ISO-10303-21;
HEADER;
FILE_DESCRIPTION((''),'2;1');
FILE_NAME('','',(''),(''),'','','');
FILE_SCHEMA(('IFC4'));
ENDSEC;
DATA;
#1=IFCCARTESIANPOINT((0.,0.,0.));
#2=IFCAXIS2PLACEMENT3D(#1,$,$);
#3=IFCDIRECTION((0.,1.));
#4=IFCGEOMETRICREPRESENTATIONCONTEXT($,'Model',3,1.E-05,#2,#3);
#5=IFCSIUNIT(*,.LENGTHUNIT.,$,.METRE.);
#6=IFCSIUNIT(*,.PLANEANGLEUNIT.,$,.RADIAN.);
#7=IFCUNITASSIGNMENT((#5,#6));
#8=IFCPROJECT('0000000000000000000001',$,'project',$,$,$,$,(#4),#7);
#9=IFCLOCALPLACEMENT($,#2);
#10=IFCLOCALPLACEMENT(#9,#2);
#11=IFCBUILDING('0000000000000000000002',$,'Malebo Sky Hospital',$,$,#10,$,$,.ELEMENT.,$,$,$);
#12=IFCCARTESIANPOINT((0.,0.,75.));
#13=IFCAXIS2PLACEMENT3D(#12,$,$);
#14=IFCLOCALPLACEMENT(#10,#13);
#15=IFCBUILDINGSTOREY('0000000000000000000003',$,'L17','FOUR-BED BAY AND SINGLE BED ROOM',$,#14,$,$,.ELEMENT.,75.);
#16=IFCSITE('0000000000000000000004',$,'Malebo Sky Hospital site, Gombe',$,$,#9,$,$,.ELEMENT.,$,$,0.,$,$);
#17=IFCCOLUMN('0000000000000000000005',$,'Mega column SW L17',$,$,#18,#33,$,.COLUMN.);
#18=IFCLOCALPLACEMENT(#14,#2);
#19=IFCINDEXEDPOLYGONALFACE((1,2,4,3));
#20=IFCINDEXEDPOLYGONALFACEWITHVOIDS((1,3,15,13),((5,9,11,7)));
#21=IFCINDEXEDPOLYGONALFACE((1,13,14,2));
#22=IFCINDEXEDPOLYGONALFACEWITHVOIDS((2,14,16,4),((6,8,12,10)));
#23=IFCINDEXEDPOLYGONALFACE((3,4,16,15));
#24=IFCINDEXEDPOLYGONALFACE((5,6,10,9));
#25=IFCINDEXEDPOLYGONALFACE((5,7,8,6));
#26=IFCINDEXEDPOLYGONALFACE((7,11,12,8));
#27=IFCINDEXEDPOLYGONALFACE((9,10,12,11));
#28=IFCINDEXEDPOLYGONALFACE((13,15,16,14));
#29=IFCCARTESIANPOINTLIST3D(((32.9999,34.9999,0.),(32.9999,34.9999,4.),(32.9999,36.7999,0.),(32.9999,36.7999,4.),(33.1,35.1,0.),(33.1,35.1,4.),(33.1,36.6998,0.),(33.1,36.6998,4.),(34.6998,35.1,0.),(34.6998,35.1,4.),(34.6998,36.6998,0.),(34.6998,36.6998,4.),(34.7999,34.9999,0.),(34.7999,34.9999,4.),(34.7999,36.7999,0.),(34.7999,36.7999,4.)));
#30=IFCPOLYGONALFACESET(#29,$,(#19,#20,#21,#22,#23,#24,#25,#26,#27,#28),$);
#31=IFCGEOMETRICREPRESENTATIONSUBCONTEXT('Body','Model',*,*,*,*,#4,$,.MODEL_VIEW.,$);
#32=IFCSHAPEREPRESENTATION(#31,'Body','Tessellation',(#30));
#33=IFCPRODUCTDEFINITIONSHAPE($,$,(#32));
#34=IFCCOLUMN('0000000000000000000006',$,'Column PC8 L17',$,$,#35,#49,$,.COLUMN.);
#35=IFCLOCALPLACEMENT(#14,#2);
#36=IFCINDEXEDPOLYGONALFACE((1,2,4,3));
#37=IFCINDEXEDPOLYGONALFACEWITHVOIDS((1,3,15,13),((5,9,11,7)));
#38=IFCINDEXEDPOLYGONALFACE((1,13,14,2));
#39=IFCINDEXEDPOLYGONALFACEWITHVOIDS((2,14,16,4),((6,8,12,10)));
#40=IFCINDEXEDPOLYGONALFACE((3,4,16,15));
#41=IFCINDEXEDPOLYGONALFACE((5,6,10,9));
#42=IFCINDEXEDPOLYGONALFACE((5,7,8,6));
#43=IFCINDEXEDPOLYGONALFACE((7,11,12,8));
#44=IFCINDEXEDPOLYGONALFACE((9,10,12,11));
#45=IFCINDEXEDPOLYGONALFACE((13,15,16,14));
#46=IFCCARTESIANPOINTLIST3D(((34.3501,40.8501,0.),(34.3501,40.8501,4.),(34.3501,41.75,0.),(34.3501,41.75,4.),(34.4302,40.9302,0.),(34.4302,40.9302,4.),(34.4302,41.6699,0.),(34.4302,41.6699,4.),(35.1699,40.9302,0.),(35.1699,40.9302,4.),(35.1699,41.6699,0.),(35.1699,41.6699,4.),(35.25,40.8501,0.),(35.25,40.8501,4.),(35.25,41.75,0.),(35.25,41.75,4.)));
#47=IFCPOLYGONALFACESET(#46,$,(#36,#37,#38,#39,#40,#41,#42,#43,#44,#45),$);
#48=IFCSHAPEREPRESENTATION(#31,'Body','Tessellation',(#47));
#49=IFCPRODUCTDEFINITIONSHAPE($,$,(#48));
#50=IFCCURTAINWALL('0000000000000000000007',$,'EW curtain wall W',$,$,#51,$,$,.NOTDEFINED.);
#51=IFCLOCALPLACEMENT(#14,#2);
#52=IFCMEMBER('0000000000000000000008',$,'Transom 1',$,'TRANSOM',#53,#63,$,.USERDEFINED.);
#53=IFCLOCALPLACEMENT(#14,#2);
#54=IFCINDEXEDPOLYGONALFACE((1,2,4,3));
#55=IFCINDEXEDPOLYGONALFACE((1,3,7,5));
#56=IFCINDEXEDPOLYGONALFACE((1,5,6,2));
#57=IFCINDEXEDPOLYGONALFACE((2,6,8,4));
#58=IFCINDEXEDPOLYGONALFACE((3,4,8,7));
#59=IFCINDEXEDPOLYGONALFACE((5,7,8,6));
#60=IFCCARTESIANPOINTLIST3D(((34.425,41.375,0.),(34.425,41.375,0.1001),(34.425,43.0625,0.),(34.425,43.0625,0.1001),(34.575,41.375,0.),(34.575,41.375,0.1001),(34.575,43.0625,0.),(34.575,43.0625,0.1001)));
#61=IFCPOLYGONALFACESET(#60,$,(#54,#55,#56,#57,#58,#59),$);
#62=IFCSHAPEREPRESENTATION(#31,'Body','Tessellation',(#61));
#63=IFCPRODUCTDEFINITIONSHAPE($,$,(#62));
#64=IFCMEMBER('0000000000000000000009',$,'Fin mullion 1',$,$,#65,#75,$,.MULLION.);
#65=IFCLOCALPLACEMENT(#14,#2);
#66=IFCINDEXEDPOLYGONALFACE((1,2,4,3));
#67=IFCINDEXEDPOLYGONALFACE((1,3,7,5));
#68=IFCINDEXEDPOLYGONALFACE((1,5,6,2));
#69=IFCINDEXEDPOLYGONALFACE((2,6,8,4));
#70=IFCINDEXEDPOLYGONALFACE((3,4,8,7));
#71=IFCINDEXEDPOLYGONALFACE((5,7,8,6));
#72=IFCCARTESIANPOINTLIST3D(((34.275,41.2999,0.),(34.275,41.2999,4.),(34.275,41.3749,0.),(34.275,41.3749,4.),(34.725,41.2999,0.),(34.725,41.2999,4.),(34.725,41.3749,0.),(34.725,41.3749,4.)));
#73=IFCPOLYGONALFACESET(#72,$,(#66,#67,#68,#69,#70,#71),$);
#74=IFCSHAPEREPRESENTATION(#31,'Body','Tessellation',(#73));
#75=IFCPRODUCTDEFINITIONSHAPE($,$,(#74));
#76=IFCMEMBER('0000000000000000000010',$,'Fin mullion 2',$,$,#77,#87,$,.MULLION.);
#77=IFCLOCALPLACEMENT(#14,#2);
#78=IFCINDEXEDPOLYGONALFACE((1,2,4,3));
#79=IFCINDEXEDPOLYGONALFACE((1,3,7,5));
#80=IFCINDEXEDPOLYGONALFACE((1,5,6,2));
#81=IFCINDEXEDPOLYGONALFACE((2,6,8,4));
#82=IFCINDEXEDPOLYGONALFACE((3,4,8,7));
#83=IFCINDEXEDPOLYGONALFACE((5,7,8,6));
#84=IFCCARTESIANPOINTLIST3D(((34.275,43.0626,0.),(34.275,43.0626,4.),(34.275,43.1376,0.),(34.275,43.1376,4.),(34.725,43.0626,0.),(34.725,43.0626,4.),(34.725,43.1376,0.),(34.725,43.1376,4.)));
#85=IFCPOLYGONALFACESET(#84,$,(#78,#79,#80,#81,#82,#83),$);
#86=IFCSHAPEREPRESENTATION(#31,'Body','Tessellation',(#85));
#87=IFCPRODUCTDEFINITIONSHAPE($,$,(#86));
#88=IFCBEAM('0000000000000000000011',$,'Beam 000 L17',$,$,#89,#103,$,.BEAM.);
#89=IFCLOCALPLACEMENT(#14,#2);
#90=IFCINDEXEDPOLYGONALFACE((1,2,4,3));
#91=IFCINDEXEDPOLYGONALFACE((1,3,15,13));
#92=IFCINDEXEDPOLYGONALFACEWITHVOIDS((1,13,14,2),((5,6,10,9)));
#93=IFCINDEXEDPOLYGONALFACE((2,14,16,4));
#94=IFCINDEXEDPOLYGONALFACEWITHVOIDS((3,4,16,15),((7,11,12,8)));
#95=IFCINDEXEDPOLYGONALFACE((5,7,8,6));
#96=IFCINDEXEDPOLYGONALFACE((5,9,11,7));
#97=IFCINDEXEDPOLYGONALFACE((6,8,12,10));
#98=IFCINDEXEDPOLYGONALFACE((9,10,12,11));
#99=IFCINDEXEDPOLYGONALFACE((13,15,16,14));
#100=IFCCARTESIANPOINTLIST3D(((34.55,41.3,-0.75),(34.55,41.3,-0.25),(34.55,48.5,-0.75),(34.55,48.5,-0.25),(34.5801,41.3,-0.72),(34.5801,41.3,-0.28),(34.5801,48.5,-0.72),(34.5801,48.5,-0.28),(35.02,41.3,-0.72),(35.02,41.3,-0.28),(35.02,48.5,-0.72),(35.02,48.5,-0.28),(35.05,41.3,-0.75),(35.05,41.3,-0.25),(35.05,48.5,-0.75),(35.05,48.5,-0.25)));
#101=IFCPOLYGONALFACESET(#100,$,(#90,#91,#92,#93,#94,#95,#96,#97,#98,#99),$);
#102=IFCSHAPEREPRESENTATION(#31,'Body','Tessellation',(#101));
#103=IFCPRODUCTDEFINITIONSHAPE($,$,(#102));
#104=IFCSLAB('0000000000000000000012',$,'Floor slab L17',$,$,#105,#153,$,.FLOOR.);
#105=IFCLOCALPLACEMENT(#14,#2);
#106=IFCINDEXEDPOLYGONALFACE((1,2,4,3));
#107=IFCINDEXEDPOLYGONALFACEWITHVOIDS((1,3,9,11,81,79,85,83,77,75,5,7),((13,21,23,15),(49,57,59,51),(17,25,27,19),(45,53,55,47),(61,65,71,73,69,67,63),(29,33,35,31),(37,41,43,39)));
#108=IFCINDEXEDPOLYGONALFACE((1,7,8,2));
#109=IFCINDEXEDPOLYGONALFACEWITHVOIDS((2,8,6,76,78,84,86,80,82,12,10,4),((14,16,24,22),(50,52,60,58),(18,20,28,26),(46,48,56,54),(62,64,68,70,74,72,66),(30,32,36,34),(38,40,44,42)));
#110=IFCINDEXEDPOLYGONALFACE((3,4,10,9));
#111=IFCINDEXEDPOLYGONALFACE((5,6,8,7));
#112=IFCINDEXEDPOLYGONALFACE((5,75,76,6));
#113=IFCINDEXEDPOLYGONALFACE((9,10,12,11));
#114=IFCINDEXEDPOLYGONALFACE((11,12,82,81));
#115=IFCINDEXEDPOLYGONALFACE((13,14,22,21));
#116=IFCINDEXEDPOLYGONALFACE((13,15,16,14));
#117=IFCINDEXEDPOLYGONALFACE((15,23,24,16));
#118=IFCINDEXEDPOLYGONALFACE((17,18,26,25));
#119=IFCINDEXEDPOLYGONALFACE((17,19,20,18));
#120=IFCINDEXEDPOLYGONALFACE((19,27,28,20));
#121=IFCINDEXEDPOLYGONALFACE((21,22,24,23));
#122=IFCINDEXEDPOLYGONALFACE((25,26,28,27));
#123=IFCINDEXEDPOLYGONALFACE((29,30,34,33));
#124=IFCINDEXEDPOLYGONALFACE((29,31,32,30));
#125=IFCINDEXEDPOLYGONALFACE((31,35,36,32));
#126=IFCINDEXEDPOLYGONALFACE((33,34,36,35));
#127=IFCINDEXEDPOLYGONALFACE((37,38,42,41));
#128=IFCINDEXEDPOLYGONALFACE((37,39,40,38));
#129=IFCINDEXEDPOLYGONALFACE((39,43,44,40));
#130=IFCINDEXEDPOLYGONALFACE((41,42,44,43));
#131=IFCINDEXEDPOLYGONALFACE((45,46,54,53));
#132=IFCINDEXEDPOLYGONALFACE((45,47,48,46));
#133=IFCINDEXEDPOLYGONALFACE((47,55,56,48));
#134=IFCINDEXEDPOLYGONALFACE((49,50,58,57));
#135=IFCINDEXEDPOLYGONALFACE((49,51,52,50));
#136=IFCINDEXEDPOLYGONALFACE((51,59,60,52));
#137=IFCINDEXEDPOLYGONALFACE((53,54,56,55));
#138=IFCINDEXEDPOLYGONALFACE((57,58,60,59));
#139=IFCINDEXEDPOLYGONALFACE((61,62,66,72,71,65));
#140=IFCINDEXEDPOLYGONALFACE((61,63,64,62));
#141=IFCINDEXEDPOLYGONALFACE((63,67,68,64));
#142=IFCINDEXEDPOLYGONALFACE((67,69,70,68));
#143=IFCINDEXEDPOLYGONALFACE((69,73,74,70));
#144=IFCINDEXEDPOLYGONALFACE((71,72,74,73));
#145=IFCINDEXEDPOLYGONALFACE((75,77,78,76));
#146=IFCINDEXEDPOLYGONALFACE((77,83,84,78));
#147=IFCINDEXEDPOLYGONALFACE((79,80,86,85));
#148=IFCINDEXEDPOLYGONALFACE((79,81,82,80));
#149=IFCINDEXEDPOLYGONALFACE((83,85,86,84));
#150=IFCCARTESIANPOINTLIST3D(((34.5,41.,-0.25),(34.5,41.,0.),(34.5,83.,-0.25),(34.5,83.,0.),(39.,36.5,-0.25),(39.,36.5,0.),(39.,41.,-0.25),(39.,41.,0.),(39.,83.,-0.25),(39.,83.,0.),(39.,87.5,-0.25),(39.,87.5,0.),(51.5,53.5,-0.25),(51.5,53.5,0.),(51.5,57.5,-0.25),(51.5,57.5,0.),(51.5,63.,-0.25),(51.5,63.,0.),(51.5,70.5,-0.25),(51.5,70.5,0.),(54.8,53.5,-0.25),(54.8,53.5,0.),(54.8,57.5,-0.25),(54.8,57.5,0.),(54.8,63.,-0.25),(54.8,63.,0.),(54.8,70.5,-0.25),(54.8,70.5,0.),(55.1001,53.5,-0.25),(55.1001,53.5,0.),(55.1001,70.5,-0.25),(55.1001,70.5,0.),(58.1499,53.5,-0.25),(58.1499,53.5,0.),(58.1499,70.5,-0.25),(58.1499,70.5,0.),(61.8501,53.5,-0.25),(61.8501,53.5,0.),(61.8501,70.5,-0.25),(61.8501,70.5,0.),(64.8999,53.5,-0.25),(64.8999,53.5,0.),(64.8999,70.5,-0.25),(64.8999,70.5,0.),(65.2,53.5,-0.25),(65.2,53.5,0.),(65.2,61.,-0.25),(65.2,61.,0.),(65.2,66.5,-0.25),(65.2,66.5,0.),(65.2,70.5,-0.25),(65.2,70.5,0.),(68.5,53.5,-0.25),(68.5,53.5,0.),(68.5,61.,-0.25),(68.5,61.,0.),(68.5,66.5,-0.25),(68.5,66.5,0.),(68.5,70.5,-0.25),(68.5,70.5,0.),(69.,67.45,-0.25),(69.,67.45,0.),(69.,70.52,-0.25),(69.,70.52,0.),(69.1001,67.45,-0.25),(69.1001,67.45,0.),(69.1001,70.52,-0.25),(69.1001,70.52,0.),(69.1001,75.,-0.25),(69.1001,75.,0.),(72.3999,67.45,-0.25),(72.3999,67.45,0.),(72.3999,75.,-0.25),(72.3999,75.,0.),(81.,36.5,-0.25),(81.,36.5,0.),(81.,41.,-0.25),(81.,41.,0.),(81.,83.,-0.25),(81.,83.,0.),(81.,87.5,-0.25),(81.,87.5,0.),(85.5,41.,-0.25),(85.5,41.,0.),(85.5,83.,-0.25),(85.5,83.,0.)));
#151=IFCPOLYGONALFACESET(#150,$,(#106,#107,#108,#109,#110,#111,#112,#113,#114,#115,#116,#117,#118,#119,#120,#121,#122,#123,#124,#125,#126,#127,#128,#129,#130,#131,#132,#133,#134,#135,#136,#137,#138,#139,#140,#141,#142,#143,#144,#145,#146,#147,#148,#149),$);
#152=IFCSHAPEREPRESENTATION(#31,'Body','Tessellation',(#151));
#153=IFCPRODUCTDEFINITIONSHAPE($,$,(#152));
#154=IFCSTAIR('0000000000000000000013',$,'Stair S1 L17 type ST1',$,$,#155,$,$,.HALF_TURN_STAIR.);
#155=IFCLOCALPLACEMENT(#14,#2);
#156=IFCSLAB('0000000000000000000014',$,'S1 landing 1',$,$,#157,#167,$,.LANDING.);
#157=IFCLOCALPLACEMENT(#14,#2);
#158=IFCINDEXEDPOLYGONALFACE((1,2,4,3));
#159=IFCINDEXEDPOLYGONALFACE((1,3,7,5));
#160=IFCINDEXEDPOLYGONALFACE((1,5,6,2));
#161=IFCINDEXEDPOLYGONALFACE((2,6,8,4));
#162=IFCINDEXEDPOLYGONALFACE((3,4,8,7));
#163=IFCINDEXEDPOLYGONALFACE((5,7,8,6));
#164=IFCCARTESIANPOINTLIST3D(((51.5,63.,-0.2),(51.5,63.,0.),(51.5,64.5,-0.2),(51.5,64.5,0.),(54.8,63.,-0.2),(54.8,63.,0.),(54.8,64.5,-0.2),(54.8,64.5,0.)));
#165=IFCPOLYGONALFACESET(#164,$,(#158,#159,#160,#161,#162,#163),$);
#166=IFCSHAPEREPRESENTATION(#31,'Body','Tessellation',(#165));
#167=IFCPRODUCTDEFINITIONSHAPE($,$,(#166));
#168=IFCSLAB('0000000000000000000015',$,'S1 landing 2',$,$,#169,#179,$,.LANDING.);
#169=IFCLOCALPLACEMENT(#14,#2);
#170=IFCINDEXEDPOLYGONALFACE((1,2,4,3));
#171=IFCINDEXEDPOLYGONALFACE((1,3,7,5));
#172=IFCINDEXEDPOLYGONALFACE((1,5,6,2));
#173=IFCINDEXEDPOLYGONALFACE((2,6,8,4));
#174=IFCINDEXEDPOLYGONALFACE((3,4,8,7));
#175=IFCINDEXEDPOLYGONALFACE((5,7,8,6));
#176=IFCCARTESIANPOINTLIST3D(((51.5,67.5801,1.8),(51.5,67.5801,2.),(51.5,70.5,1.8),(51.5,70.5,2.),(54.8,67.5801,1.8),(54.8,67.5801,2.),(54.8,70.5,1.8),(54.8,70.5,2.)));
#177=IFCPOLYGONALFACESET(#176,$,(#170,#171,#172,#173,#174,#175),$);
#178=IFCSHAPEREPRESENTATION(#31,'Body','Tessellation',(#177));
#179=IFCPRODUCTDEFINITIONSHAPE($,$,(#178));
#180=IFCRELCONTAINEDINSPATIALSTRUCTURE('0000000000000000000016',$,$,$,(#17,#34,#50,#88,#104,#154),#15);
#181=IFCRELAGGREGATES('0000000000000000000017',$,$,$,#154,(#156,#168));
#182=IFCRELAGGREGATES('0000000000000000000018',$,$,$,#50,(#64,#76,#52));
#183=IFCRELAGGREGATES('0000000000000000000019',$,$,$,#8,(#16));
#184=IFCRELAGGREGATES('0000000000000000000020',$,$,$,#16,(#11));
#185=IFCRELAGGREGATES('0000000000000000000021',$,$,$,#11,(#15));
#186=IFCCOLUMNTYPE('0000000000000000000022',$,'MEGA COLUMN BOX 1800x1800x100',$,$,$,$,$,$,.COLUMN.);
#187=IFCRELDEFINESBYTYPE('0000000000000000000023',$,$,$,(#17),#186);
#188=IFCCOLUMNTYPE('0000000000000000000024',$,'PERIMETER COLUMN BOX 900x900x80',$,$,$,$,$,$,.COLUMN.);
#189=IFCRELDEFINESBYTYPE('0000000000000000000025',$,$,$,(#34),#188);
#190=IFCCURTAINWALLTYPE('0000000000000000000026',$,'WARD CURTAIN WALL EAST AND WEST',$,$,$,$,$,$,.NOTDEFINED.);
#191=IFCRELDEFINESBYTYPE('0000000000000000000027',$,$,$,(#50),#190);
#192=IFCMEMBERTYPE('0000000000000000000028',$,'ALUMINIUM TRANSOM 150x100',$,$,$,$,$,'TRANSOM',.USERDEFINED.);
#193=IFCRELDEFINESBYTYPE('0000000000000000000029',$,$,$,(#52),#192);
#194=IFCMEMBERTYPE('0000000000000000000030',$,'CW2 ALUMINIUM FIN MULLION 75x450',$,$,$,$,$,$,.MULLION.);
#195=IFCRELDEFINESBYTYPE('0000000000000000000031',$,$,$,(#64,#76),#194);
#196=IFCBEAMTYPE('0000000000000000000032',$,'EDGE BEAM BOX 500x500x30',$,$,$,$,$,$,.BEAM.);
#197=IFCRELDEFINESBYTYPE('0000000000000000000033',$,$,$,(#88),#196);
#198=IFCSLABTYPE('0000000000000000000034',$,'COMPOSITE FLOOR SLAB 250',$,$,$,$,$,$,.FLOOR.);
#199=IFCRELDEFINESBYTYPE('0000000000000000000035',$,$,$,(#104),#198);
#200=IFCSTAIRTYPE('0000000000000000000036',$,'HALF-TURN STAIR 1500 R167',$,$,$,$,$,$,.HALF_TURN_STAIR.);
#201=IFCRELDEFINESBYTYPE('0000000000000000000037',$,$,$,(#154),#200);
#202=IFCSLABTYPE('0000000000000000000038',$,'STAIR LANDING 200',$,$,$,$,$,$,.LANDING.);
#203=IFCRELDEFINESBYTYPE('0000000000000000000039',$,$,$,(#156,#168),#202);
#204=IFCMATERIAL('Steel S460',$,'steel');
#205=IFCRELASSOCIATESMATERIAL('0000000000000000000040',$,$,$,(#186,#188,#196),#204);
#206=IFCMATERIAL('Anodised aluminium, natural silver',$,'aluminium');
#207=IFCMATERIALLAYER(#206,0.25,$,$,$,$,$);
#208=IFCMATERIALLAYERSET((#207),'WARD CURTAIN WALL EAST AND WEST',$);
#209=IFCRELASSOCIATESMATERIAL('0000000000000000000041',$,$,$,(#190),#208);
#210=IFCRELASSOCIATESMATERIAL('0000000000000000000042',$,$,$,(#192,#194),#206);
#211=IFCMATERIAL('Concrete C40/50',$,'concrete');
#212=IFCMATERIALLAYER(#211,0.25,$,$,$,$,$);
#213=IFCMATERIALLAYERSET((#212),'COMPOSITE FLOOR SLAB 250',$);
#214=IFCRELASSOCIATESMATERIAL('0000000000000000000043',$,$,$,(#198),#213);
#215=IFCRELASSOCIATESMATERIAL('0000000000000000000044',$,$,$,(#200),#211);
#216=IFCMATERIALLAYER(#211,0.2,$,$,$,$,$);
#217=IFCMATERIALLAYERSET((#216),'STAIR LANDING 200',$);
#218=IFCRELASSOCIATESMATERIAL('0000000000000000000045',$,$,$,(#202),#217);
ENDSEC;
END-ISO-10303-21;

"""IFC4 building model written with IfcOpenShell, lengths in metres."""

from ifc_helpers import new_model, si_unit, direction, frame, origin, origin_2d, place, context, subcontext, project, spatial, polyline, rectangle, hollow_rectangle, outline, extrude, material, layer, layer_set, material_profile, profile_set, type_object, element, aggregate, save


model = new_model("IFC4")

# Units and contexts
model_context = context("Model", 3, precision=1e-05, world=origin(), true_north=direction((0.0, 1.0)))
body_context = subcontext(model_context, "Body", "Model", "MODEL_VIEW")
ifc_project = project(units=[si_unit("LENGTHUNIT", "METRE"), si_unit("PLANEANGLEUNIT", "RADIAN")], contexts=[model_context])

# Site, building, storey
site_placement = place(None, origin())
site = spatial("IfcSite", under=ifc_project, at=site_placement, Name="Malebo Sky Hospital site, Gombe", CompositionType="ELEMENT", RefElevation=0.0)
building_placement = place(site_placement, origin())
building = spatial("IfcBuilding", under=site, at=building_placement, Name="Malebo Sky Hospital", CompositionType="ELEMENT")
storey_placement = place(building_placement, frame((0.0, 0.0, 75.0)))
storey = spatial("IfcBuildingStorey", under=building, at=storey_placement, Name="L17", Description="FOUR-BED BAY AND SINGLE BED ROOM", CompositionType="ELEMENT", Elevation=75.0)

# Columns
ifc_material_1 = material(Name="Steel S460", Category="steel")
ifc_material_profile_1 = material_profile(ifc_material_1, hollow_rectangle(XDim=1.8, YDim=1.8, WallThickness=0.1001, at=origin_2d()), Name="BOX 1800x1800x100")
ifc_profile_set_1 = profile_set([ifc_material_profile_1], Name="Steel S460")
column_type_1 = type_object("IfcColumnType", Name="MEGA COLUMN BOX 1800x1800x100", PredefinedType="COLUMN", material=ifc_profile_set_1)
column_1_placement = place(storey_placement, frame((33.8999, 35.8999, 0.0), z_axis=(0.0, 0.0, 1.0), x_axis=(1.0, 0.0, 0.0)))
element("IfcColumn", 1, at=column_1_placement, inside=storey, type_object=column_type_1, Name="Mega column SW L17", PredefinedType="COLUMN", context=body_context, shape_type="SweptSolid", body=[
    extrude(hollow_rectangle(XDim=1.8, YDim=1.8, WallThickness=0.1001, at=origin_2d()), origin(), (0.0, 0.0, 1.0), 4.0),
])
ifc_material_profile_2 = material_profile(ifc_material_1, hollow_rectangle(XDim=0.8999, YDim=0.8999, WallThickness=0.0801, at=origin_2d()), Name="BOX 900x900x80")
ifc_profile_set_2 = profile_set([ifc_material_profile_2], Name="Steel S460")
column_type_2 = type_object("IfcColumnType", Name="PERIMETER COLUMN BOX 900x900x80", PredefinedType="COLUMN", material=ifc_profile_set_2)
column_2_placement = place(storey_placement, frame((34.8, 41.3, 0.0), z_axis=(0.0, 0.0, 1.0), x_axis=(1.0, 0.0, 0.0)))
element("IfcColumn", 2, at=column_2_placement, inside=storey, type_object=column_type_2, Name="Column PC8 L17", PredefinedType="COLUMN", context=body_context, shape_type="SweptSolid", body=[
    extrude(hollow_rectangle(XDim=0.8999, YDim=0.8999, WallThickness=0.0801, at=origin_2d()), origin(), (0.0, 0.0, 1.0), 4.0),
])

# Curtain wall, members
ifc_material_2 = material(Name="Anodised aluminium, natural silver", Category="aluminium")
ifc_layer_1 = layer(ifc_material_2, 0.25)
ifc_layer_set_1 = layer_set([ifc_layer_1], Name="WARD CURTAIN WALL EAST AND WEST")
curtain_wall_type = type_object("IfcCurtainWallType", Name="WARD CURTAIN WALL EAST AND WEST", PredefinedType="NOTDEFINED", material=ifc_layer_set_1)
curtain_wall_placement = place(storey_placement, origin())
curtain_wall = element("IfcCurtainWall", 3, at=curtain_wall_placement, inside=storey, type_object=curtain_wall_type, Name="EW curtain wall W", PredefinedType="NOTDEFINED")
ifc_material_profile_3 = material_profile(ifc_material_2, rectangle(XDim=0.1499, YDim=0.1001, at=origin_2d()), Name="ALUMINIUM TRANSOM 150x100")
ifc_profile_set_3 = profile_set([ifc_material_profile_3], Name="Anodised aluminium, natural silver")
member_type_1 = type_object("IfcMemberType", Name="ALUMINIUM TRANSOM 150x100", ElementType="TRANSOM", PredefinedType="USERDEFINED", material=ifc_profile_set_3)
member_1_placement = place(storey_placement, frame((34.5, 41.375, 0.05), z_axis=(0.0, 1.0, 0.0), x_axis=(-1.0, 0.0, 0.0)))
member_1 = element("IfcMember", 4, at=member_1_placement, type_object=member_type_1, Name="Transom 1", ObjectType="TRANSOM", PredefinedType="USERDEFINED", context=body_context, shape_type="SweptSolid", body=[
    extrude(rectangle(XDim=0.1499, YDim=0.1001, at=origin_2d()), origin(), (0.0, 0.0, 1.0), 1.6875),
])
ifc_material_profile_4 = material_profile(ifc_material_2, rectangle(XDim=0.075, YDim=0.45, at=origin_2d()), Name="CW2 ALUMINIUM FIN MULLION 75x450")
ifc_profile_set_4 = profile_set([ifc_material_profile_4], Name="Anodised aluminium, natural silver")
member_type_2 = type_object("IfcMemberType", Name="CW2 ALUMINIUM FIN MULLION 75x450", PredefinedType="MULLION", material=ifc_profile_set_4)
member_2_placement = place(storey_placement, frame((34.5, 41.3374, 0.0), z_axis=(0.0, 0.0, 1.0), x_axis=(0.0, 1.0, 0.0)))
member_2 = element("IfcMember", 5, at=member_2_placement, type_object=member_type_2, Name="Fin mullion 1", PredefinedType="MULLION", context=body_context, shape_type="SweptSolid", body=[
    extrude(rectangle(XDim=0.075, YDim=0.45, at=origin_2d()), origin(), (0.0, 0.0, 1.0), 4.0),
])
member_3_placement = place(storey_placement, frame((34.5, 43.1001, 0.0), z_axis=(0.0, 0.0, 1.0), x_axis=(0.0, 1.0, 0.0)))
member_3 = element("IfcMember", 6, at=member_3_placement, type_object=member_type_2, Name="Fin mullion 2", PredefinedType="MULLION", context=body_context, shape_type="SweptSolid", body=[
    extrude(rectangle(XDim=0.075, YDim=0.45, at=origin_2d()), origin(), (0.0, 0.0, 1.0), 4.0),
])

# Beam
ifc_material_profile_5 = material_profile(ifc_material_1, hollow_rectangle(XDim=0.5, YDim=0.5, WallThickness=0.03, at=origin_2d()), Name="BOX 500x500x30")
ifc_profile_set_5 = profile_set([ifc_material_profile_5], Name="Steel S460")
beam_type = type_object("IfcBeamType", Name="EDGE BEAM BOX 500x500x30", PredefinedType="BEAM", material=ifc_profile_set_5)
beam_placement = place(storey_placement, frame((34.8, 41.3, -0.5), z_axis=(0.0, 1.0, 0.0), x_axis=(-1.0, 0.0, 0.0)))
element("IfcBeam", 7, at=beam_placement, inside=storey, type_object=beam_type, Name="Beam 000 L17", PredefinedType="BEAM", context=body_context, shape_type="SweptSolid", body=[
    extrude(hollow_rectangle(XDim=0.5, YDim=0.5, WallThickness=0.03, at=origin_2d()), origin(), (0.0, 0.0, 1.0), 7.2),
])

# Slab
ifc_material_3 = material(Name="Concrete C40/50", Category="concrete")
ifc_layer_2 = layer(ifc_material_3, 0.25)
ifc_layer_set_2 = layer_set([ifc_layer_2], Name="COMPOSITE FLOOR SLAB 250")
slab_type_1 = type_object("IfcSlabType", Name="COMPOSITE FLOOR SLAB 250", PredefinedType="FLOOR", material=ifc_layer_set_2)
slab_1_placement = place(storey_placement, frame((0.0, 0.0, -0.25)))
element("IfcSlab", 8, at=slab_1_placement, inside=storey, type_object=slab_type_1, Name="Floor slab L17", PredefinedType="FLOOR", context=body_context, shape_type="SweptSolid", body=[
    extrude(outline(polyline([(39.0, 87.5), (39.0, 83.0), (34.5, 83.0), (34.5, 41.0), (39.0, 41.0), (39.0, 36.5), (81.0, 36.5), (81.0, 41.0), (85.5, 41.0), (85.5, 83.0), (81.0, 83.0), (81.0, 87.5), (39.0, 87.5)]), holes=[polyline([(55.1001, 70.5), (58.1499, 70.5), (58.1499, 53.5), (55.1001, 53.5), (55.1001, 70.5)]), polyline([(64.8999, 70.5), (64.8999, 53.5), (61.8501, 53.5), (61.8501, 70.5), (64.8999, 70.5)]), polyline([(54.8, 63.0), (51.5, 63.0), (51.5, 70.5), (54.8, 70.5), (54.8, 63.0)]), polyline([(51.5, 53.5), (51.5, 57.5), (54.8, 57.5), (54.8, 53.5), (51.5, 53.5)]), polyline([(65.2, 61.0), (68.5, 61.0), (68.5, 53.5), (65.2, 53.5), (65.2, 61.0)]), polyline([(68.5, 70.5), (68.5, 66.5), (65.2, 66.5), (65.2, 70.5), (68.5, 70.5)]), polyline([(69.0, 67.45), (69.0, 70.52), (69.1001, 70.52), (69.1001, 75.0), (72.3999, 75.0), (72.3999, 67.45), (69.1001, 67.45), (69.0, 67.45)])]), origin(), (0.0, 0.0, 1.0), 0.25),
])

# Stair, slabs
stair_type_1 = type_object("IfcStairType", Name="HALF-TURN STAIR 1500 R167", PredefinedType="HALF_TURN_STAIR", material=ifc_material_3)
stair_1_placement = place(storey_placement, origin())
stair_1 = element("IfcStair", 9, at=stair_1_placement, inside=storey, type_object=stair_type_1, Name="Stair S1 L17 type ST1", PredefinedType="HALF_TURN_STAIR")
ifc_layer_3 = layer(ifc_material_3, 0.2)
ifc_layer_set_3 = layer_set([ifc_layer_3], Name="STAIR LANDING 200")
slab_type_2 = type_object("IfcSlabType", Name="STAIR LANDING 200", PredefinedType="LANDING", material=ifc_layer_set_3)
slab_2_placement = place(storey_placement, frame((0.0, 0.0, -0.2)))
slab_2 = element("IfcSlab", 10, at=slab_2_placement, type_object=slab_type_2, Name="S1 landing 1", PredefinedType="LANDING", context=body_context, shape_type="SweptSolid", body=[
    extrude(outline(polyline([(51.5, 63.0), (54.8, 63.0), (54.8, 64.5), (51.5, 64.5), (51.5, 63.0)])), origin(), (0.0, 0.0, 1.0), 0.2),
])
slab_3_placement = place(storey_placement, frame((0.0, 0.0, 1.8)))
slab_3 = element("IfcSlab", 11, at=slab_3_placement, type_object=slab_type_2, Name="S1 landing 2", PredefinedType="LANDING", context=body_context, shape_type="SweptSolid", body=[
    extrude(outline(polyline([(51.5, 67.5801), (54.8, 67.5801), (54.8, 70.5), (51.5, 70.5), (51.5, 67.5801)])), origin(), (0.0, 0.0, 1.0), 0.2),
])
aggregate(stair_1, [slab_2, slab_3])

aggregate(curtain_wall, [member_2, member_3, member_1])

save(model, "model.ifc")
